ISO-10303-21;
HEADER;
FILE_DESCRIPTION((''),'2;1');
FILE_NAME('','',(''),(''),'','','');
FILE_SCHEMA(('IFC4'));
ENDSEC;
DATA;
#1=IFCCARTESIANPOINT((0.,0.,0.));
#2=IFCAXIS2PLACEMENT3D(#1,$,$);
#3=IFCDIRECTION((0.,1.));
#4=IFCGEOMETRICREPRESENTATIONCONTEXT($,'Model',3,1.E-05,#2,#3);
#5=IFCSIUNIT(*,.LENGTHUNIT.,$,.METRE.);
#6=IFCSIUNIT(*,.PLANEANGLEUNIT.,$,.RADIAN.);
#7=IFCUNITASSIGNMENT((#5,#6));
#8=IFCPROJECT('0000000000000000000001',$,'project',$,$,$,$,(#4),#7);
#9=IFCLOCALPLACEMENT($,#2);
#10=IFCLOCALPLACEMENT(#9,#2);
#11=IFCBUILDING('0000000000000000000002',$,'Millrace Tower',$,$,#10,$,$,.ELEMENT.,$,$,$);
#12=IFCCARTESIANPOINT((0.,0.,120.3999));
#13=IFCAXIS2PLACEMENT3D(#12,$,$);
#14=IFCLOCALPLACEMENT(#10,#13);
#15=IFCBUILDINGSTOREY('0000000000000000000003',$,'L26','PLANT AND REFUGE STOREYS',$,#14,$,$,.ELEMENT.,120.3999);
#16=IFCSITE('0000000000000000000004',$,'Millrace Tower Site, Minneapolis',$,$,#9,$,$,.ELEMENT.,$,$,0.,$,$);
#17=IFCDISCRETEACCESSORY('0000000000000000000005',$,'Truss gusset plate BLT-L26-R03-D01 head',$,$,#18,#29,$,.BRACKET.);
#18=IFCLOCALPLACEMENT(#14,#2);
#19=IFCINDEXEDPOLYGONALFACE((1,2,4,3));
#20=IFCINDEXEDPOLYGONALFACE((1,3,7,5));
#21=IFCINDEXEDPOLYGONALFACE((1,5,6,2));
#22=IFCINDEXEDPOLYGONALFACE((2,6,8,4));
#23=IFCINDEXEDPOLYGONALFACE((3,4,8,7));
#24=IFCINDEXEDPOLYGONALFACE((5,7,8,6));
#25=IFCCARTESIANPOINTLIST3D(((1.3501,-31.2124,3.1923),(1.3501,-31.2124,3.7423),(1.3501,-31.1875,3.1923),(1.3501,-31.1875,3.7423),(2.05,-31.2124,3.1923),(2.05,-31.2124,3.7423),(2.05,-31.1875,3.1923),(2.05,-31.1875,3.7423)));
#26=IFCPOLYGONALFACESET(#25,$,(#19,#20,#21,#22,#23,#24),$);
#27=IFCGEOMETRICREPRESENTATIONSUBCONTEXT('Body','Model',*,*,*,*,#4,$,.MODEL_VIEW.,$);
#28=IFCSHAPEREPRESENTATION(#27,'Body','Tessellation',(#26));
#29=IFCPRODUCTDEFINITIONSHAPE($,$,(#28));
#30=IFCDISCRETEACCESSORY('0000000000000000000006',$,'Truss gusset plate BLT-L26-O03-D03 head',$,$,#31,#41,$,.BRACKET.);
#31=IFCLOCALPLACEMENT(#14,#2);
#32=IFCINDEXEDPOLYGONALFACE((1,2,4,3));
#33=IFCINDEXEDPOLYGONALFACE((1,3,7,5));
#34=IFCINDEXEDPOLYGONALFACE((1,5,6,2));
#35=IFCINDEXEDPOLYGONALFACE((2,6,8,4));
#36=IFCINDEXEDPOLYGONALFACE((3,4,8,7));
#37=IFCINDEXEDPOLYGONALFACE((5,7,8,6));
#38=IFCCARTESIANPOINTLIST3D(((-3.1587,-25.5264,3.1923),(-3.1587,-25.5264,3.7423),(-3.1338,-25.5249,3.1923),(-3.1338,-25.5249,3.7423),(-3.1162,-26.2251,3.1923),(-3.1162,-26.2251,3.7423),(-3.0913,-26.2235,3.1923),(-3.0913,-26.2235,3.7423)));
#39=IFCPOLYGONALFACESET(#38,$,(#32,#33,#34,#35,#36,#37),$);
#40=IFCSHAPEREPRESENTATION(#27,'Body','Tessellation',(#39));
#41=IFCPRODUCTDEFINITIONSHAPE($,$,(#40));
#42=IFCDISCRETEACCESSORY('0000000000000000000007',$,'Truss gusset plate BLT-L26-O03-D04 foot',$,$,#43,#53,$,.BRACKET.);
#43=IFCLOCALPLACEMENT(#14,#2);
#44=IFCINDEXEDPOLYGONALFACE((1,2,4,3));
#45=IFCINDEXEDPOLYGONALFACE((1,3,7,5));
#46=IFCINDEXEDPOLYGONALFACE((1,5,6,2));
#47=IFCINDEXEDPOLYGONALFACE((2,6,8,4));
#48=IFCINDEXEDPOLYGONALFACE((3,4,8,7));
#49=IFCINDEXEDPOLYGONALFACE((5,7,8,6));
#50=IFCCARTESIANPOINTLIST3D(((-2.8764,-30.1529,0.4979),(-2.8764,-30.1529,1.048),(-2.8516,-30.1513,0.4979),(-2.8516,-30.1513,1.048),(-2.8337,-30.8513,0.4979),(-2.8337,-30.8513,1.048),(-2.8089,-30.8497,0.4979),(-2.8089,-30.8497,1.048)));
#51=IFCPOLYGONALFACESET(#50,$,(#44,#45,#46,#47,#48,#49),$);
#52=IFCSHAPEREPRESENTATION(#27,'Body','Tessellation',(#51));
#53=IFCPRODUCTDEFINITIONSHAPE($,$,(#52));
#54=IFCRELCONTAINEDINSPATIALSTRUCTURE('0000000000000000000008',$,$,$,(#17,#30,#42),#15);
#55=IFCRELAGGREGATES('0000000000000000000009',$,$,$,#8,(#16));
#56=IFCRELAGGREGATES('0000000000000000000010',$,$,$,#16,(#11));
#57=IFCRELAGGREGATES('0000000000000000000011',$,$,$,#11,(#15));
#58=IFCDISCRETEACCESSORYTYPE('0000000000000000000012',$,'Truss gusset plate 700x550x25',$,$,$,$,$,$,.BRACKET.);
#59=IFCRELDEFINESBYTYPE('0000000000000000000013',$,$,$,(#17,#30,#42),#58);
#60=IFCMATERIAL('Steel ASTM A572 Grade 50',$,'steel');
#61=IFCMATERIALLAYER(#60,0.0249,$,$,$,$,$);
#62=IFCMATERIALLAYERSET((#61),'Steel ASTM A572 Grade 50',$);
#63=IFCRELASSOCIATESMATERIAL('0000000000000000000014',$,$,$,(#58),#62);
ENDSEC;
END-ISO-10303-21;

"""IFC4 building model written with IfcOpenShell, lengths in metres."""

from ifc_helpers import new_model, si_unit, direction, frame, origin, origin_2d, place, context, subcontext, project, spatial, rectangle, extrude, material, layer, layer_set, type_object, element, save


model = new_model("IFC4")

# Units and contexts
model_context = context("Model", 3, precision=1e-05, world=origin(), true_north=direction((0.0, 1.0)))
body_context = subcontext(model_context, "Body", "Model", "MODEL_VIEW")
ifc_project = project(units=[si_unit("LENGTHUNIT", "METRE"), si_unit("PLANEANGLEUNIT", "RADIAN")], contexts=[model_context])

# Site, building, storey
site_placement = place(None, origin())
site = spatial("IfcSite", under=ifc_project, at=site_placement, Name="Millrace Tower Site, Minneapolis", CompositionType="ELEMENT", RefElevation=0.0)
building_placement = place(site_placement, origin())
building = spatial("IfcBuilding", under=site, at=building_placement, Name="Millrace Tower", CompositionType="ELEMENT")
storey_placement = place(building_placement, frame((0.0, 0.0, 120.3999)))
storey = spatial("IfcBuildingStorey", under=building, at=storey_placement, Name="L26", Description="PLANT AND REFUGE STOREYS", CompositionType="ELEMENT", Elevation=120.3999)

# Discrete accessories
ifc_material_1 = material(Name="Steel ASTM A572 Grade 50", Category="steel")
ifc_layer_1 = layer(ifc_material_1, 0.0249)
ifc_layer_set_1 = layer_set([ifc_layer_1], Name="Steel ASTM A572 Grade 50")
discrete_accessory_type = type_object("IfcDiscreteAccessoryType", Name="Truss gusset plate 700x550x25", PredefinedType="BRACKET", material=ifc_layer_set_1)
for number, where, z_axis, x_axis, name in (
    (1, (1.3501, -31.2, 3.4673), (1.0, 0.0, 0.0), (0.0, 1.0, 0.0), "Truss gusset plate BLT-L26-R03-D01 head"),
    (2, (-3.1462, -25.5256, 3.4673), (0.060685, -0.998157, 0.0), (0.998157, 0.060685, 0.0), "Truss gusset plate BLT-L26-O03-D03 head"),
):
    element("IfcDiscreteAccessory", number, at=place(storey_placement, frame(where, z_axis=z_axis, x_axis=x_axis)), inside=storey, type_object=discrete_accessory_type, Name=name, PredefinedType="BRACKET", context=body_context, shape_type="SweptSolid", body=[
        extrude(rectangle(XDim=0.0249, YDim=0.55, at=origin_2d()), origin(), (0.0, 0.0, 1.0), 0.7),
    ])
discrete_accessory_placement = place(storey_placement, frame((-2.864, -30.1521, 0.7729), z_axis=(0.061053, -0.998135, 0.0), x_axis=(0.998135, 0.061053, 0.0)))
element("IfcDiscreteAccessory", 3, at=discrete_accessory_placement, inside=storey, type_object=discrete_accessory_type, Name="Truss gusset plate BLT-L26-O03-D04 foot", PredefinedType="BRACKET", context=body_context, shape_type="SweptSolid", body=[
    extrude(rectangle(XDim=0.0249, YDim=0.55, at=origin_2d()), origin(), (0.0, 0.0, 1.0), 0.6997),
])

save(model, "model.ifc")
